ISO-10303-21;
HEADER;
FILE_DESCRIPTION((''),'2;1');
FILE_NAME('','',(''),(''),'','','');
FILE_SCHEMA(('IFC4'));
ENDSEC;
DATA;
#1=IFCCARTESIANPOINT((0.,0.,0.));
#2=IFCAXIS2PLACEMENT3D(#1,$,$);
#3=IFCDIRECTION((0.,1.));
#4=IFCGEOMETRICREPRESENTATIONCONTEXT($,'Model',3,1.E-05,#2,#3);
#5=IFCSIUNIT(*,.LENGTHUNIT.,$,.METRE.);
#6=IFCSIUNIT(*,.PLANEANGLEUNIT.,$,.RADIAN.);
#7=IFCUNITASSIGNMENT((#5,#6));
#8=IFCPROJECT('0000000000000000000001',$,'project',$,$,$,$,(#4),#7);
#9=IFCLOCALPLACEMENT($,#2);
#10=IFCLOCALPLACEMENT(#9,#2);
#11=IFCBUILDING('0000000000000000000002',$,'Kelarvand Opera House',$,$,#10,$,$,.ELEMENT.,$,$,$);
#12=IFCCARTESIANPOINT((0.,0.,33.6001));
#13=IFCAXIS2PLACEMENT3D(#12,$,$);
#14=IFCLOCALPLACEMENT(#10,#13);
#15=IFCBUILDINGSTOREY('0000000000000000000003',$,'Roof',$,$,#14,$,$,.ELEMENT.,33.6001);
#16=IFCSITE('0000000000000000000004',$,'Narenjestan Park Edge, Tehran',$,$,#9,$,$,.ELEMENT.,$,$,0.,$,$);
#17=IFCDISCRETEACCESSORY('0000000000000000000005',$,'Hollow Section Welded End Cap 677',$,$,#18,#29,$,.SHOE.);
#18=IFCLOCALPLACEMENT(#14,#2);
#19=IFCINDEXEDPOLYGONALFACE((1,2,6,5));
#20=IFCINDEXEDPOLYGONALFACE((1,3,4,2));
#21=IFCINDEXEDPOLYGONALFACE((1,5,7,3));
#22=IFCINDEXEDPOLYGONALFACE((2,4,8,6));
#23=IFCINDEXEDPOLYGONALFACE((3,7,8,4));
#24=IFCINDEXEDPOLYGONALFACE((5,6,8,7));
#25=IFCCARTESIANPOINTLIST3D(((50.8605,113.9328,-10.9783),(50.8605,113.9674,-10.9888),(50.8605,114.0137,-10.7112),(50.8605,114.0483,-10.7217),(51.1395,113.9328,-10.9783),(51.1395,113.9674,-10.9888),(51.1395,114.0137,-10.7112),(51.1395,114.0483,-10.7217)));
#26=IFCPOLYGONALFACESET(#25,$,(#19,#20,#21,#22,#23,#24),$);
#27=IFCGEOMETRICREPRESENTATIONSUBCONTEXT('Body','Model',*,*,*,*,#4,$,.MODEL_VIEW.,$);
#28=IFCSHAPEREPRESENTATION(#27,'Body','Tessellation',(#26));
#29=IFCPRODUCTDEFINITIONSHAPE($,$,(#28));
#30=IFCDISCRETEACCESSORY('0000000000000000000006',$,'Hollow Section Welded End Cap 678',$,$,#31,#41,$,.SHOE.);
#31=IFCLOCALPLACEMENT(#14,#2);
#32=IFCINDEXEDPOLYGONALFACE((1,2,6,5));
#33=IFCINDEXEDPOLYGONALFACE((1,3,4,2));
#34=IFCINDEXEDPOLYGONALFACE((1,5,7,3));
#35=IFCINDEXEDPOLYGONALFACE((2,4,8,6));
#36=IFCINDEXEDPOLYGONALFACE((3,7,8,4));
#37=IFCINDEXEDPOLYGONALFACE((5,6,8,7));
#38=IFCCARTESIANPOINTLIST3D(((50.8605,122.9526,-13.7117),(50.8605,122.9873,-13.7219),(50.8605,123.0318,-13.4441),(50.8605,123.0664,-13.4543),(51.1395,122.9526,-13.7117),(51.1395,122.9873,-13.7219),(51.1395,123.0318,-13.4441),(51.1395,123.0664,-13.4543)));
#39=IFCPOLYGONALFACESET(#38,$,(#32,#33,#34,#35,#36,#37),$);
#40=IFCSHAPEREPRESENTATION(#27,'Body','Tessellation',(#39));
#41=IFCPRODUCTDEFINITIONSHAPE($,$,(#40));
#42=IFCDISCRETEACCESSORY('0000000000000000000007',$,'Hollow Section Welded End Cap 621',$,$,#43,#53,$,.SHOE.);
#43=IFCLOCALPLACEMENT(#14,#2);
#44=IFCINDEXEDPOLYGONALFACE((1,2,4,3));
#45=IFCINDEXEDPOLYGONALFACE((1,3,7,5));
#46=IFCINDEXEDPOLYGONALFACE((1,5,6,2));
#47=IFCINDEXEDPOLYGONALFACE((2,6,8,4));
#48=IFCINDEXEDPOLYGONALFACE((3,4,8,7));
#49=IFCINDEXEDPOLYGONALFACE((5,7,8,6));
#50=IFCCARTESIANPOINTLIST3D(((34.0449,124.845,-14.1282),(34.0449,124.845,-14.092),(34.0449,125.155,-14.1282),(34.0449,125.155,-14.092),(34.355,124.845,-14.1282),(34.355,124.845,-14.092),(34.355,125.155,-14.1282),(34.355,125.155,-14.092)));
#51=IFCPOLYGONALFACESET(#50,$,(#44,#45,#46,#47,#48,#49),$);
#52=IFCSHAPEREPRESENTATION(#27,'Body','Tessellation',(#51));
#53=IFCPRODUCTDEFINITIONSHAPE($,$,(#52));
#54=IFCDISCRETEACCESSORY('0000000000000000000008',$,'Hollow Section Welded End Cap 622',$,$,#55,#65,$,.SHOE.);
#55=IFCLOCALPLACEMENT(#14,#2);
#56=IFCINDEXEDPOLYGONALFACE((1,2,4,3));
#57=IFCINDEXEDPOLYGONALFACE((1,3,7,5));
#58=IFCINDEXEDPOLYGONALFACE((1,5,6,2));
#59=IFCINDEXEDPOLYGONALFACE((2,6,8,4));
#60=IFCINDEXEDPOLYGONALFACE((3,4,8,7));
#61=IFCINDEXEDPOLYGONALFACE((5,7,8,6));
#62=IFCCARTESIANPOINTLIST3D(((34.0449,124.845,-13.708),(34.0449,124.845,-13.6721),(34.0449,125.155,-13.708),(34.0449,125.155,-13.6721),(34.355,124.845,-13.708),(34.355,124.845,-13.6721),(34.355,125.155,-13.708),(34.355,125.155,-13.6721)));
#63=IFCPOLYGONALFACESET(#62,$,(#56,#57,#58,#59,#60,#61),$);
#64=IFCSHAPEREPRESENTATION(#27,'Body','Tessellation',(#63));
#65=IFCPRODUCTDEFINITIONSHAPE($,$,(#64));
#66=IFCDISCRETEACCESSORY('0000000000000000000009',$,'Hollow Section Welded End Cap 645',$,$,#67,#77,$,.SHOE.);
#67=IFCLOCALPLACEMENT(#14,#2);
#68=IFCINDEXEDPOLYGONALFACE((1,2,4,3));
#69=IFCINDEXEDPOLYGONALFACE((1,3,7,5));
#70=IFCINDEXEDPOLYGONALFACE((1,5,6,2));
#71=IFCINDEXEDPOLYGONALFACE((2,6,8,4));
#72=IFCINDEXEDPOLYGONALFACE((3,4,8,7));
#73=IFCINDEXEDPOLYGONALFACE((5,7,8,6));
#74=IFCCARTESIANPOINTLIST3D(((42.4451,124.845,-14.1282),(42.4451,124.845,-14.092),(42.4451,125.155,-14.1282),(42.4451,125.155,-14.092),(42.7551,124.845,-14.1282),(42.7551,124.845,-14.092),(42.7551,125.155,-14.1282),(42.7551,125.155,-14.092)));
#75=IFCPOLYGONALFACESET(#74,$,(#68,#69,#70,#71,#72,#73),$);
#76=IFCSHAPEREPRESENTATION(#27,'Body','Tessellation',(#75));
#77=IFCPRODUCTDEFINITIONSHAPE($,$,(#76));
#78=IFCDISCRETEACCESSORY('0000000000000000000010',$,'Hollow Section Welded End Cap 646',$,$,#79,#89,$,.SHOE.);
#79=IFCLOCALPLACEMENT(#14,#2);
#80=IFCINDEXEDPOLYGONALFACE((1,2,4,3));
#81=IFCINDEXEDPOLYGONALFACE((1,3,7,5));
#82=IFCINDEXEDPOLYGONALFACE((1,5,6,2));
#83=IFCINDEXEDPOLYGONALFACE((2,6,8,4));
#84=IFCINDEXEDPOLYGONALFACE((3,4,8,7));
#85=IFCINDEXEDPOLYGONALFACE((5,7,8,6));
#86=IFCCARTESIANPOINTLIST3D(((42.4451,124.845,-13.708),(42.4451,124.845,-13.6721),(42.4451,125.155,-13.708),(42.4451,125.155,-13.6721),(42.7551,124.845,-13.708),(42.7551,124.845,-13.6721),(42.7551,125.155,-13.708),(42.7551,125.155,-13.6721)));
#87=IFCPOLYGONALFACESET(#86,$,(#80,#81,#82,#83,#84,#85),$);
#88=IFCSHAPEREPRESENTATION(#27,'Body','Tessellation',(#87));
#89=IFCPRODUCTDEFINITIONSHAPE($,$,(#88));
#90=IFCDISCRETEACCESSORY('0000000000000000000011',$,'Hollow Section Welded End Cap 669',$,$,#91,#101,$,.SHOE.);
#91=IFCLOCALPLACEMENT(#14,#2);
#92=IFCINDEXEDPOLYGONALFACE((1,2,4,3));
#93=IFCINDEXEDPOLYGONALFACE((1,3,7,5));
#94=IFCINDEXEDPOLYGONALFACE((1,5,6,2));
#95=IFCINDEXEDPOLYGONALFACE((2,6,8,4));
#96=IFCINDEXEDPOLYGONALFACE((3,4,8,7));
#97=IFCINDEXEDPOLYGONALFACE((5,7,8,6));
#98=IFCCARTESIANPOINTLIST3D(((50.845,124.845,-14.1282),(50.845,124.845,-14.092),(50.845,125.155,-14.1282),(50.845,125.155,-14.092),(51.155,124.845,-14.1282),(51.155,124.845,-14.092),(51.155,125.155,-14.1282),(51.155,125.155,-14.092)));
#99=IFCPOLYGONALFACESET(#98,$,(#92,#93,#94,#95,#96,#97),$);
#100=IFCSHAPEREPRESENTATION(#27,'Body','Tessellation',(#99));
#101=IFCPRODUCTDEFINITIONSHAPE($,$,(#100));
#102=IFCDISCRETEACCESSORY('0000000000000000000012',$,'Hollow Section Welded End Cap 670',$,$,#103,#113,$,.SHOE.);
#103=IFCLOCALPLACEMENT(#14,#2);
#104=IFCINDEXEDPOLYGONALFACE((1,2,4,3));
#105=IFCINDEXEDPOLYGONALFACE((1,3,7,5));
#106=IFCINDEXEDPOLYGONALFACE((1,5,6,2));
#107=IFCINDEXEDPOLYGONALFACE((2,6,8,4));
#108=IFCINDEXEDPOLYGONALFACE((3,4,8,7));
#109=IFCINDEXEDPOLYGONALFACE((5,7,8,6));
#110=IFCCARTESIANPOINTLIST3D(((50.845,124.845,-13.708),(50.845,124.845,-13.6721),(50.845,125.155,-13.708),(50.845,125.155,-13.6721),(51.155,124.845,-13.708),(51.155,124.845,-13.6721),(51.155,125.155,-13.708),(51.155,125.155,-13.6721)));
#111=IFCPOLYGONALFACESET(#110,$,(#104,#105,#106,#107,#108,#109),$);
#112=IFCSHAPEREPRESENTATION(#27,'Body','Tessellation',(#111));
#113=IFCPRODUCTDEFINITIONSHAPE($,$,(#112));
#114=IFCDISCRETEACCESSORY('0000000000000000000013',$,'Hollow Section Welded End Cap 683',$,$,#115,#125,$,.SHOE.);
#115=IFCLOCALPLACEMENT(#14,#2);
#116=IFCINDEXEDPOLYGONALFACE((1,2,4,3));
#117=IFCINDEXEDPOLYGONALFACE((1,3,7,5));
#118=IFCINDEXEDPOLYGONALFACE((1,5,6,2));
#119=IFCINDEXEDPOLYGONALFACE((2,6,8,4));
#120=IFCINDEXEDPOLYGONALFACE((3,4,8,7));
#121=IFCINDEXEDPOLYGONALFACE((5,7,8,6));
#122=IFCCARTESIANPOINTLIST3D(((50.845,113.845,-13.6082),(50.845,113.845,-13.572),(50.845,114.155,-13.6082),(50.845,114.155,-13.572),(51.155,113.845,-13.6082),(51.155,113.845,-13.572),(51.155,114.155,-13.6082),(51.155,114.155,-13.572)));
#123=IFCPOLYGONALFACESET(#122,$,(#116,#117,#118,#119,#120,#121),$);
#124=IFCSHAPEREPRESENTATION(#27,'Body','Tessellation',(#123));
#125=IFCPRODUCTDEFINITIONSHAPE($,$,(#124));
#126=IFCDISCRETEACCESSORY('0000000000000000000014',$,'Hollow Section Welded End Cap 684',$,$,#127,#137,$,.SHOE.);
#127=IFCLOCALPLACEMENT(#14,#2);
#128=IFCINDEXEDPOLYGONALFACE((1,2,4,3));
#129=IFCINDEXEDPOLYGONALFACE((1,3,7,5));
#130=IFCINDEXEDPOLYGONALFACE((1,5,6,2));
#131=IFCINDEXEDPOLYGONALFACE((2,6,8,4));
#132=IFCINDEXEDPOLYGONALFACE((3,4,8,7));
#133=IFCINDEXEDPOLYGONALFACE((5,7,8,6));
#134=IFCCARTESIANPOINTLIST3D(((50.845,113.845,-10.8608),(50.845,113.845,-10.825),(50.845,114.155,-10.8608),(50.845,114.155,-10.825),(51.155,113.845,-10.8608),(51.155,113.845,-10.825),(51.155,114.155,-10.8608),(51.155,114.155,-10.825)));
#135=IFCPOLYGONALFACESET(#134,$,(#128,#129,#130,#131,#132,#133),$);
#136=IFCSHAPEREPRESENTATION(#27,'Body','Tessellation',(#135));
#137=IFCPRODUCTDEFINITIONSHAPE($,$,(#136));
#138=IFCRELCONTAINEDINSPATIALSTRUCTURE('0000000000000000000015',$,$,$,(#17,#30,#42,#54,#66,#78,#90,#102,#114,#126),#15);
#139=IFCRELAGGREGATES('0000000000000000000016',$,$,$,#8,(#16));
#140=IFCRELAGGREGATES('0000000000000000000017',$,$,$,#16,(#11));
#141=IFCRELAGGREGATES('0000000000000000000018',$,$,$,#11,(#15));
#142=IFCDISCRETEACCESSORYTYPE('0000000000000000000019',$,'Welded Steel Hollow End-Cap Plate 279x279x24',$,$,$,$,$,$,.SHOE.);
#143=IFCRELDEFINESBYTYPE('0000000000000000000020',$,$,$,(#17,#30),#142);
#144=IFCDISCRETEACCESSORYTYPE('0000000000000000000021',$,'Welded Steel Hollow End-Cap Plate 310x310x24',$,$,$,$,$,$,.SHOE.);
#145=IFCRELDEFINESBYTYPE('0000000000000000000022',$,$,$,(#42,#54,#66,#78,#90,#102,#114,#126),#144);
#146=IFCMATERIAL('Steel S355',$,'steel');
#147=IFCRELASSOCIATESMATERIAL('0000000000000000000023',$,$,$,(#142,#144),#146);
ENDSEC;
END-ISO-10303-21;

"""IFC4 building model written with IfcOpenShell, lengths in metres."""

from ifc_helpers import new_model, si_unit, direction, frame, origin, origin_2d, place, context, subcontext, project, spatial, rectangle, extrude, material, material_profile, profile_set, type_object, element, save


model = new_model("IFC4")

# Units and contexts
model_context = context("Model", 3, precision=1e-05, world=origin(), true_north=direction((0.0, 1.0)))
body_context = subcontext(model_context, "Body", "Model", "MODEL_VIEW")
ifc_project = project(units=[si_unit("LENGTHUNIT", "METRE"), si_unit("PLANEANGLEUNIT", "RADIAN")], contexts=[model_context])

# Site, building, storey
site_placement = place(None, origin())
site = spatial("IfcSite", under=ifc_project, at=site_placement, Name="Narenjestan Park Edge, Tehran", CompositionType="ELEMENT", RefElevation=0.0)
building_placement = place(site_placement, origin())
building = spatial("IfcBuilding", under=site, at=building_placement, Name="Kelarvand Opera House", CompositionType="ELEMENT")
storey_placement = place(building_placement, frame((0.0, 0.0, 33.6001)))
storey = spatial("IfcBuildingStorey", under=building, at=storey_placement, Name="Roof", CompositionType="ELEMENT", Elevation=33.6001)

# Shared definitions
ifc_material = material(Name="Steel S355", Category="steel")

# Discrete accessories
ifc_material_profile_1 = material_profile(ifc_material, rectangle(XDim=0.2791, YDim=0.2791, at=origin_2d()), Name="Welded Steel Hollow End-Cap Plate 279x279x24", Category="steel")
ifc_profile_set_1 = profile_set([ifc_material_profile_1], Name="Steel S355")
discrete_accessory_type_1 = type_object("IfcDiscreteAccessoryType", Name="Welded Steel Hollow End-Cap Plate 279x279x24", PredefinedType="SHOE", material=ifc_profile_set_1)
for number, where, z_axis, x_axis, name in (
    (1, (51.0, 114.0078, -10.8552), (0.0, -0.957081, 0.28982), (1.0, 0.0, 0.0), "Hollow Section Welded End Cap 677"),
    (2, (51.0, 122.9922, -13.5779), (0.0, 0.958934, -0.283628), (-1.0, 0.0, 0.0), "Hollow Section Welded End Cap 678"),
):
    element("IfcDiscreteAccessory", number, at=place(storey_placement, frame(where, z_axis=z_axis, x_axis=x_axis)), inside=storey, type_object=discrete_accessory_type_1, Name=name, PredefinedType="SHOE", context=body_context, shape_type="SweptSolid", body=[
        extrude(rectangle(XDim=0.2791, YDim=0.2791, at=origin_2d()), origin(), (0.0, 0.0, 1.0), 0.0361),
    ])
ifc_material_profile_2 = material_profile(ifc_material, rectangle(XDim=0.3101, YDim=0.3101, at=origin_2d()), Name="Welded Steel Hollow End-Cap Plate 310x310x24", Category="steel")
ifc_profile_set_2 = profile_set([ifc_material_profile_2], Name="Steel S355")
discrete_accessory_type_2 = type_object("IfcDiscreteAccessoryType", Name="Welded Steel Hollow End-Cap Plate 310x310x24", PredefinedType="SHOE", material=ifc_profile_set_2)
discrete_accessory_1_placement = place(storey_placement, frame((34.2, 125.0, -14.092), z_axis=(0.0, 0.0, -1.0), x_axis=(1.0, 0.0, 0.0)))
element("IfcDiscreteAccessory", 3, at=discrete_accessory_1_placement, inside=storey, type_object=discrete_accessory_type_2, Name="Hollow Section Welded End Cap 621", PredefinedType="SHOE", context=body_context, shape_type="SweptSolid", body=[
    extrude(rectangle(XDim=0.3101, YDim=0.3101, at=origin_2d()), origin(), (0.0, 0.0, 1.0), 0.0361),
])
discrete_accessory_2_placement = place(storey_placement, frame((34.2, 125.0, -13.708), z_axis=(0.0, 0.0, 1.0), x_axis=(1.0, 0.0, 0.0)))
element("IfcDiscreteAccessory", 4, at=discrete_accessory_2_placement, inside=storey, type_object=discrete_accessory_type_2, Name="Hollow Section Welded End Cap 622", PredefinedType="SHOE", context=body_context, shape_type="SweptSolid", body=[
    extrude(rectangle(XDim=0.3101, YDim=0.3101, at=origin_2d()), origin(), (0.0, 0.0, 1.0), 0.0359),
])
discrete_accessory_3_placement = place(storey_placement, frame((42.6001, 125.0, -14.092), z_axis=(0.0, 0.0, -1.0), x_axis=(1.0, 0.0, 0.0)))
element("IfcDiscreteAccessory", 5, at=discrete_accessory_3_placement, inside=storey, type_object=discrete_accessory_type_2, Name="Hollow Section Welded End Cap 645", PredefinedType="SHOE", context=body_context, shape_type="SweptSolid", body=[
    extrude(rectangle(XDim=0.3101, YDim=0.3101, at=origin_2d()), origin(), (0.0, 0.0, 1.0), 0.0361),
])
discrete_accessory_4_placement = place(storey_placement, frame((42.6001, 125.0, -13.708), z_axis=(0.0, 0.0, 1.0), x_axis=(1.0, 0.0, 0.0)))
element("IfcDiscreteAccessory", 6, at=discrete_accessory_4_placement, inside=storey, type_object=discrete_accessory_type_2, Name="Hollow Section Welded End Cap 646", PredefinedType="SHOE", context=body_context, shape_type="SweptSolid", body=[
    extrude(rectangle(XDim=0.3101, YDim=0.3101, at=origin_2d()), origin(), (0.0, 0.0, 1.0), 0.0359),
])
discrete_accessory_5_placement = place(storey_placement, frame((51.0, 125.0, -14.092), z_axis=(0.0, 0.0, -1.0), x_axis=(1.0, 0.0, 0.0)))
element("IfcDiscreteAccessory", 7, at=discrete_accessory_5_placement, inside=storey, type_object=discrete_accessory_type_2, Name="Hollow Section Welded End Cap 669", PredefinedType="SHOE", context=body_context, shape_type="SweptSolid", body=[
    extrude(rectangle(XDim=0.3101, YDim=0.3101, at=origin_2d()), origin(), (0.0, 0.0, 1.0), 0.0361),
])
discrete_accessory_6_placement = place(storey_placement, frame((51.0, 125.0, -13.708), z_axis=(0.0, 0.0, 1.0), x_axis=(1.0, 0.0, 0.0)))
element("IfcDiscreteAccessory", 8, at=discrete_accessory_6_placement, inside=storey, type_object=discrete_accessory_type_2, Name="Hollow Section Welded End Cap 670", PredefinedType="SHOE", context=body_context, shape_type="SweptSolid", body=[
    extrude(rectangle(XDim=0.3101, YDim=0.3101, at=origin_2d()), origin(), (0.0, 0.0, 1.0), 0.0359),
])
discrete_accessory_7_placement = place(storey_placement, frame((51.0, 114.0, -13.572), z_axis=(0.0, 0.0, -1.0), x_axis=(1.0, 0.0, 0.0)))
element("IfcDiscreteAccessory", 9, at=discrete_accessory_7_placement, inside=storey, type_object=discrete_accessory_type_2, Name="Hollow Section Welded End Cap 683", PredefinedType="SHOE", context=body_context, shape_type="SweptSolid", body=[
    extrude(rectangle(XDim=0.3101, YDim=0.3101, at=origin_2d()), origin(), (0.0, 0.0, 1.0), 0.0361),
])
discrete_accessory_8_placement = place(storey_placement, frame((51.0, 114.0, -10.8608), z_axis=(0.0, 0.0, 1.0), x_axis=(1.0, 0.0, 0.0)))
element("IfcDiscreteAccessory", 10, at=discrete_accessory_8_placement, inside=storey, type_object=discrete_accessory_type_2, Name="Hollow Section Welded End Cap 684", PredefinedType="SHOE", context=body_context, shape_type="SweptSolid", body=[
    extrude(rectangle(XDim=0.3101, YDim=0.3101, at=origin_2d()), origin(), (0.0, 0.0, 1.0), 0.0359),
])

save(model, "model.ifc")
